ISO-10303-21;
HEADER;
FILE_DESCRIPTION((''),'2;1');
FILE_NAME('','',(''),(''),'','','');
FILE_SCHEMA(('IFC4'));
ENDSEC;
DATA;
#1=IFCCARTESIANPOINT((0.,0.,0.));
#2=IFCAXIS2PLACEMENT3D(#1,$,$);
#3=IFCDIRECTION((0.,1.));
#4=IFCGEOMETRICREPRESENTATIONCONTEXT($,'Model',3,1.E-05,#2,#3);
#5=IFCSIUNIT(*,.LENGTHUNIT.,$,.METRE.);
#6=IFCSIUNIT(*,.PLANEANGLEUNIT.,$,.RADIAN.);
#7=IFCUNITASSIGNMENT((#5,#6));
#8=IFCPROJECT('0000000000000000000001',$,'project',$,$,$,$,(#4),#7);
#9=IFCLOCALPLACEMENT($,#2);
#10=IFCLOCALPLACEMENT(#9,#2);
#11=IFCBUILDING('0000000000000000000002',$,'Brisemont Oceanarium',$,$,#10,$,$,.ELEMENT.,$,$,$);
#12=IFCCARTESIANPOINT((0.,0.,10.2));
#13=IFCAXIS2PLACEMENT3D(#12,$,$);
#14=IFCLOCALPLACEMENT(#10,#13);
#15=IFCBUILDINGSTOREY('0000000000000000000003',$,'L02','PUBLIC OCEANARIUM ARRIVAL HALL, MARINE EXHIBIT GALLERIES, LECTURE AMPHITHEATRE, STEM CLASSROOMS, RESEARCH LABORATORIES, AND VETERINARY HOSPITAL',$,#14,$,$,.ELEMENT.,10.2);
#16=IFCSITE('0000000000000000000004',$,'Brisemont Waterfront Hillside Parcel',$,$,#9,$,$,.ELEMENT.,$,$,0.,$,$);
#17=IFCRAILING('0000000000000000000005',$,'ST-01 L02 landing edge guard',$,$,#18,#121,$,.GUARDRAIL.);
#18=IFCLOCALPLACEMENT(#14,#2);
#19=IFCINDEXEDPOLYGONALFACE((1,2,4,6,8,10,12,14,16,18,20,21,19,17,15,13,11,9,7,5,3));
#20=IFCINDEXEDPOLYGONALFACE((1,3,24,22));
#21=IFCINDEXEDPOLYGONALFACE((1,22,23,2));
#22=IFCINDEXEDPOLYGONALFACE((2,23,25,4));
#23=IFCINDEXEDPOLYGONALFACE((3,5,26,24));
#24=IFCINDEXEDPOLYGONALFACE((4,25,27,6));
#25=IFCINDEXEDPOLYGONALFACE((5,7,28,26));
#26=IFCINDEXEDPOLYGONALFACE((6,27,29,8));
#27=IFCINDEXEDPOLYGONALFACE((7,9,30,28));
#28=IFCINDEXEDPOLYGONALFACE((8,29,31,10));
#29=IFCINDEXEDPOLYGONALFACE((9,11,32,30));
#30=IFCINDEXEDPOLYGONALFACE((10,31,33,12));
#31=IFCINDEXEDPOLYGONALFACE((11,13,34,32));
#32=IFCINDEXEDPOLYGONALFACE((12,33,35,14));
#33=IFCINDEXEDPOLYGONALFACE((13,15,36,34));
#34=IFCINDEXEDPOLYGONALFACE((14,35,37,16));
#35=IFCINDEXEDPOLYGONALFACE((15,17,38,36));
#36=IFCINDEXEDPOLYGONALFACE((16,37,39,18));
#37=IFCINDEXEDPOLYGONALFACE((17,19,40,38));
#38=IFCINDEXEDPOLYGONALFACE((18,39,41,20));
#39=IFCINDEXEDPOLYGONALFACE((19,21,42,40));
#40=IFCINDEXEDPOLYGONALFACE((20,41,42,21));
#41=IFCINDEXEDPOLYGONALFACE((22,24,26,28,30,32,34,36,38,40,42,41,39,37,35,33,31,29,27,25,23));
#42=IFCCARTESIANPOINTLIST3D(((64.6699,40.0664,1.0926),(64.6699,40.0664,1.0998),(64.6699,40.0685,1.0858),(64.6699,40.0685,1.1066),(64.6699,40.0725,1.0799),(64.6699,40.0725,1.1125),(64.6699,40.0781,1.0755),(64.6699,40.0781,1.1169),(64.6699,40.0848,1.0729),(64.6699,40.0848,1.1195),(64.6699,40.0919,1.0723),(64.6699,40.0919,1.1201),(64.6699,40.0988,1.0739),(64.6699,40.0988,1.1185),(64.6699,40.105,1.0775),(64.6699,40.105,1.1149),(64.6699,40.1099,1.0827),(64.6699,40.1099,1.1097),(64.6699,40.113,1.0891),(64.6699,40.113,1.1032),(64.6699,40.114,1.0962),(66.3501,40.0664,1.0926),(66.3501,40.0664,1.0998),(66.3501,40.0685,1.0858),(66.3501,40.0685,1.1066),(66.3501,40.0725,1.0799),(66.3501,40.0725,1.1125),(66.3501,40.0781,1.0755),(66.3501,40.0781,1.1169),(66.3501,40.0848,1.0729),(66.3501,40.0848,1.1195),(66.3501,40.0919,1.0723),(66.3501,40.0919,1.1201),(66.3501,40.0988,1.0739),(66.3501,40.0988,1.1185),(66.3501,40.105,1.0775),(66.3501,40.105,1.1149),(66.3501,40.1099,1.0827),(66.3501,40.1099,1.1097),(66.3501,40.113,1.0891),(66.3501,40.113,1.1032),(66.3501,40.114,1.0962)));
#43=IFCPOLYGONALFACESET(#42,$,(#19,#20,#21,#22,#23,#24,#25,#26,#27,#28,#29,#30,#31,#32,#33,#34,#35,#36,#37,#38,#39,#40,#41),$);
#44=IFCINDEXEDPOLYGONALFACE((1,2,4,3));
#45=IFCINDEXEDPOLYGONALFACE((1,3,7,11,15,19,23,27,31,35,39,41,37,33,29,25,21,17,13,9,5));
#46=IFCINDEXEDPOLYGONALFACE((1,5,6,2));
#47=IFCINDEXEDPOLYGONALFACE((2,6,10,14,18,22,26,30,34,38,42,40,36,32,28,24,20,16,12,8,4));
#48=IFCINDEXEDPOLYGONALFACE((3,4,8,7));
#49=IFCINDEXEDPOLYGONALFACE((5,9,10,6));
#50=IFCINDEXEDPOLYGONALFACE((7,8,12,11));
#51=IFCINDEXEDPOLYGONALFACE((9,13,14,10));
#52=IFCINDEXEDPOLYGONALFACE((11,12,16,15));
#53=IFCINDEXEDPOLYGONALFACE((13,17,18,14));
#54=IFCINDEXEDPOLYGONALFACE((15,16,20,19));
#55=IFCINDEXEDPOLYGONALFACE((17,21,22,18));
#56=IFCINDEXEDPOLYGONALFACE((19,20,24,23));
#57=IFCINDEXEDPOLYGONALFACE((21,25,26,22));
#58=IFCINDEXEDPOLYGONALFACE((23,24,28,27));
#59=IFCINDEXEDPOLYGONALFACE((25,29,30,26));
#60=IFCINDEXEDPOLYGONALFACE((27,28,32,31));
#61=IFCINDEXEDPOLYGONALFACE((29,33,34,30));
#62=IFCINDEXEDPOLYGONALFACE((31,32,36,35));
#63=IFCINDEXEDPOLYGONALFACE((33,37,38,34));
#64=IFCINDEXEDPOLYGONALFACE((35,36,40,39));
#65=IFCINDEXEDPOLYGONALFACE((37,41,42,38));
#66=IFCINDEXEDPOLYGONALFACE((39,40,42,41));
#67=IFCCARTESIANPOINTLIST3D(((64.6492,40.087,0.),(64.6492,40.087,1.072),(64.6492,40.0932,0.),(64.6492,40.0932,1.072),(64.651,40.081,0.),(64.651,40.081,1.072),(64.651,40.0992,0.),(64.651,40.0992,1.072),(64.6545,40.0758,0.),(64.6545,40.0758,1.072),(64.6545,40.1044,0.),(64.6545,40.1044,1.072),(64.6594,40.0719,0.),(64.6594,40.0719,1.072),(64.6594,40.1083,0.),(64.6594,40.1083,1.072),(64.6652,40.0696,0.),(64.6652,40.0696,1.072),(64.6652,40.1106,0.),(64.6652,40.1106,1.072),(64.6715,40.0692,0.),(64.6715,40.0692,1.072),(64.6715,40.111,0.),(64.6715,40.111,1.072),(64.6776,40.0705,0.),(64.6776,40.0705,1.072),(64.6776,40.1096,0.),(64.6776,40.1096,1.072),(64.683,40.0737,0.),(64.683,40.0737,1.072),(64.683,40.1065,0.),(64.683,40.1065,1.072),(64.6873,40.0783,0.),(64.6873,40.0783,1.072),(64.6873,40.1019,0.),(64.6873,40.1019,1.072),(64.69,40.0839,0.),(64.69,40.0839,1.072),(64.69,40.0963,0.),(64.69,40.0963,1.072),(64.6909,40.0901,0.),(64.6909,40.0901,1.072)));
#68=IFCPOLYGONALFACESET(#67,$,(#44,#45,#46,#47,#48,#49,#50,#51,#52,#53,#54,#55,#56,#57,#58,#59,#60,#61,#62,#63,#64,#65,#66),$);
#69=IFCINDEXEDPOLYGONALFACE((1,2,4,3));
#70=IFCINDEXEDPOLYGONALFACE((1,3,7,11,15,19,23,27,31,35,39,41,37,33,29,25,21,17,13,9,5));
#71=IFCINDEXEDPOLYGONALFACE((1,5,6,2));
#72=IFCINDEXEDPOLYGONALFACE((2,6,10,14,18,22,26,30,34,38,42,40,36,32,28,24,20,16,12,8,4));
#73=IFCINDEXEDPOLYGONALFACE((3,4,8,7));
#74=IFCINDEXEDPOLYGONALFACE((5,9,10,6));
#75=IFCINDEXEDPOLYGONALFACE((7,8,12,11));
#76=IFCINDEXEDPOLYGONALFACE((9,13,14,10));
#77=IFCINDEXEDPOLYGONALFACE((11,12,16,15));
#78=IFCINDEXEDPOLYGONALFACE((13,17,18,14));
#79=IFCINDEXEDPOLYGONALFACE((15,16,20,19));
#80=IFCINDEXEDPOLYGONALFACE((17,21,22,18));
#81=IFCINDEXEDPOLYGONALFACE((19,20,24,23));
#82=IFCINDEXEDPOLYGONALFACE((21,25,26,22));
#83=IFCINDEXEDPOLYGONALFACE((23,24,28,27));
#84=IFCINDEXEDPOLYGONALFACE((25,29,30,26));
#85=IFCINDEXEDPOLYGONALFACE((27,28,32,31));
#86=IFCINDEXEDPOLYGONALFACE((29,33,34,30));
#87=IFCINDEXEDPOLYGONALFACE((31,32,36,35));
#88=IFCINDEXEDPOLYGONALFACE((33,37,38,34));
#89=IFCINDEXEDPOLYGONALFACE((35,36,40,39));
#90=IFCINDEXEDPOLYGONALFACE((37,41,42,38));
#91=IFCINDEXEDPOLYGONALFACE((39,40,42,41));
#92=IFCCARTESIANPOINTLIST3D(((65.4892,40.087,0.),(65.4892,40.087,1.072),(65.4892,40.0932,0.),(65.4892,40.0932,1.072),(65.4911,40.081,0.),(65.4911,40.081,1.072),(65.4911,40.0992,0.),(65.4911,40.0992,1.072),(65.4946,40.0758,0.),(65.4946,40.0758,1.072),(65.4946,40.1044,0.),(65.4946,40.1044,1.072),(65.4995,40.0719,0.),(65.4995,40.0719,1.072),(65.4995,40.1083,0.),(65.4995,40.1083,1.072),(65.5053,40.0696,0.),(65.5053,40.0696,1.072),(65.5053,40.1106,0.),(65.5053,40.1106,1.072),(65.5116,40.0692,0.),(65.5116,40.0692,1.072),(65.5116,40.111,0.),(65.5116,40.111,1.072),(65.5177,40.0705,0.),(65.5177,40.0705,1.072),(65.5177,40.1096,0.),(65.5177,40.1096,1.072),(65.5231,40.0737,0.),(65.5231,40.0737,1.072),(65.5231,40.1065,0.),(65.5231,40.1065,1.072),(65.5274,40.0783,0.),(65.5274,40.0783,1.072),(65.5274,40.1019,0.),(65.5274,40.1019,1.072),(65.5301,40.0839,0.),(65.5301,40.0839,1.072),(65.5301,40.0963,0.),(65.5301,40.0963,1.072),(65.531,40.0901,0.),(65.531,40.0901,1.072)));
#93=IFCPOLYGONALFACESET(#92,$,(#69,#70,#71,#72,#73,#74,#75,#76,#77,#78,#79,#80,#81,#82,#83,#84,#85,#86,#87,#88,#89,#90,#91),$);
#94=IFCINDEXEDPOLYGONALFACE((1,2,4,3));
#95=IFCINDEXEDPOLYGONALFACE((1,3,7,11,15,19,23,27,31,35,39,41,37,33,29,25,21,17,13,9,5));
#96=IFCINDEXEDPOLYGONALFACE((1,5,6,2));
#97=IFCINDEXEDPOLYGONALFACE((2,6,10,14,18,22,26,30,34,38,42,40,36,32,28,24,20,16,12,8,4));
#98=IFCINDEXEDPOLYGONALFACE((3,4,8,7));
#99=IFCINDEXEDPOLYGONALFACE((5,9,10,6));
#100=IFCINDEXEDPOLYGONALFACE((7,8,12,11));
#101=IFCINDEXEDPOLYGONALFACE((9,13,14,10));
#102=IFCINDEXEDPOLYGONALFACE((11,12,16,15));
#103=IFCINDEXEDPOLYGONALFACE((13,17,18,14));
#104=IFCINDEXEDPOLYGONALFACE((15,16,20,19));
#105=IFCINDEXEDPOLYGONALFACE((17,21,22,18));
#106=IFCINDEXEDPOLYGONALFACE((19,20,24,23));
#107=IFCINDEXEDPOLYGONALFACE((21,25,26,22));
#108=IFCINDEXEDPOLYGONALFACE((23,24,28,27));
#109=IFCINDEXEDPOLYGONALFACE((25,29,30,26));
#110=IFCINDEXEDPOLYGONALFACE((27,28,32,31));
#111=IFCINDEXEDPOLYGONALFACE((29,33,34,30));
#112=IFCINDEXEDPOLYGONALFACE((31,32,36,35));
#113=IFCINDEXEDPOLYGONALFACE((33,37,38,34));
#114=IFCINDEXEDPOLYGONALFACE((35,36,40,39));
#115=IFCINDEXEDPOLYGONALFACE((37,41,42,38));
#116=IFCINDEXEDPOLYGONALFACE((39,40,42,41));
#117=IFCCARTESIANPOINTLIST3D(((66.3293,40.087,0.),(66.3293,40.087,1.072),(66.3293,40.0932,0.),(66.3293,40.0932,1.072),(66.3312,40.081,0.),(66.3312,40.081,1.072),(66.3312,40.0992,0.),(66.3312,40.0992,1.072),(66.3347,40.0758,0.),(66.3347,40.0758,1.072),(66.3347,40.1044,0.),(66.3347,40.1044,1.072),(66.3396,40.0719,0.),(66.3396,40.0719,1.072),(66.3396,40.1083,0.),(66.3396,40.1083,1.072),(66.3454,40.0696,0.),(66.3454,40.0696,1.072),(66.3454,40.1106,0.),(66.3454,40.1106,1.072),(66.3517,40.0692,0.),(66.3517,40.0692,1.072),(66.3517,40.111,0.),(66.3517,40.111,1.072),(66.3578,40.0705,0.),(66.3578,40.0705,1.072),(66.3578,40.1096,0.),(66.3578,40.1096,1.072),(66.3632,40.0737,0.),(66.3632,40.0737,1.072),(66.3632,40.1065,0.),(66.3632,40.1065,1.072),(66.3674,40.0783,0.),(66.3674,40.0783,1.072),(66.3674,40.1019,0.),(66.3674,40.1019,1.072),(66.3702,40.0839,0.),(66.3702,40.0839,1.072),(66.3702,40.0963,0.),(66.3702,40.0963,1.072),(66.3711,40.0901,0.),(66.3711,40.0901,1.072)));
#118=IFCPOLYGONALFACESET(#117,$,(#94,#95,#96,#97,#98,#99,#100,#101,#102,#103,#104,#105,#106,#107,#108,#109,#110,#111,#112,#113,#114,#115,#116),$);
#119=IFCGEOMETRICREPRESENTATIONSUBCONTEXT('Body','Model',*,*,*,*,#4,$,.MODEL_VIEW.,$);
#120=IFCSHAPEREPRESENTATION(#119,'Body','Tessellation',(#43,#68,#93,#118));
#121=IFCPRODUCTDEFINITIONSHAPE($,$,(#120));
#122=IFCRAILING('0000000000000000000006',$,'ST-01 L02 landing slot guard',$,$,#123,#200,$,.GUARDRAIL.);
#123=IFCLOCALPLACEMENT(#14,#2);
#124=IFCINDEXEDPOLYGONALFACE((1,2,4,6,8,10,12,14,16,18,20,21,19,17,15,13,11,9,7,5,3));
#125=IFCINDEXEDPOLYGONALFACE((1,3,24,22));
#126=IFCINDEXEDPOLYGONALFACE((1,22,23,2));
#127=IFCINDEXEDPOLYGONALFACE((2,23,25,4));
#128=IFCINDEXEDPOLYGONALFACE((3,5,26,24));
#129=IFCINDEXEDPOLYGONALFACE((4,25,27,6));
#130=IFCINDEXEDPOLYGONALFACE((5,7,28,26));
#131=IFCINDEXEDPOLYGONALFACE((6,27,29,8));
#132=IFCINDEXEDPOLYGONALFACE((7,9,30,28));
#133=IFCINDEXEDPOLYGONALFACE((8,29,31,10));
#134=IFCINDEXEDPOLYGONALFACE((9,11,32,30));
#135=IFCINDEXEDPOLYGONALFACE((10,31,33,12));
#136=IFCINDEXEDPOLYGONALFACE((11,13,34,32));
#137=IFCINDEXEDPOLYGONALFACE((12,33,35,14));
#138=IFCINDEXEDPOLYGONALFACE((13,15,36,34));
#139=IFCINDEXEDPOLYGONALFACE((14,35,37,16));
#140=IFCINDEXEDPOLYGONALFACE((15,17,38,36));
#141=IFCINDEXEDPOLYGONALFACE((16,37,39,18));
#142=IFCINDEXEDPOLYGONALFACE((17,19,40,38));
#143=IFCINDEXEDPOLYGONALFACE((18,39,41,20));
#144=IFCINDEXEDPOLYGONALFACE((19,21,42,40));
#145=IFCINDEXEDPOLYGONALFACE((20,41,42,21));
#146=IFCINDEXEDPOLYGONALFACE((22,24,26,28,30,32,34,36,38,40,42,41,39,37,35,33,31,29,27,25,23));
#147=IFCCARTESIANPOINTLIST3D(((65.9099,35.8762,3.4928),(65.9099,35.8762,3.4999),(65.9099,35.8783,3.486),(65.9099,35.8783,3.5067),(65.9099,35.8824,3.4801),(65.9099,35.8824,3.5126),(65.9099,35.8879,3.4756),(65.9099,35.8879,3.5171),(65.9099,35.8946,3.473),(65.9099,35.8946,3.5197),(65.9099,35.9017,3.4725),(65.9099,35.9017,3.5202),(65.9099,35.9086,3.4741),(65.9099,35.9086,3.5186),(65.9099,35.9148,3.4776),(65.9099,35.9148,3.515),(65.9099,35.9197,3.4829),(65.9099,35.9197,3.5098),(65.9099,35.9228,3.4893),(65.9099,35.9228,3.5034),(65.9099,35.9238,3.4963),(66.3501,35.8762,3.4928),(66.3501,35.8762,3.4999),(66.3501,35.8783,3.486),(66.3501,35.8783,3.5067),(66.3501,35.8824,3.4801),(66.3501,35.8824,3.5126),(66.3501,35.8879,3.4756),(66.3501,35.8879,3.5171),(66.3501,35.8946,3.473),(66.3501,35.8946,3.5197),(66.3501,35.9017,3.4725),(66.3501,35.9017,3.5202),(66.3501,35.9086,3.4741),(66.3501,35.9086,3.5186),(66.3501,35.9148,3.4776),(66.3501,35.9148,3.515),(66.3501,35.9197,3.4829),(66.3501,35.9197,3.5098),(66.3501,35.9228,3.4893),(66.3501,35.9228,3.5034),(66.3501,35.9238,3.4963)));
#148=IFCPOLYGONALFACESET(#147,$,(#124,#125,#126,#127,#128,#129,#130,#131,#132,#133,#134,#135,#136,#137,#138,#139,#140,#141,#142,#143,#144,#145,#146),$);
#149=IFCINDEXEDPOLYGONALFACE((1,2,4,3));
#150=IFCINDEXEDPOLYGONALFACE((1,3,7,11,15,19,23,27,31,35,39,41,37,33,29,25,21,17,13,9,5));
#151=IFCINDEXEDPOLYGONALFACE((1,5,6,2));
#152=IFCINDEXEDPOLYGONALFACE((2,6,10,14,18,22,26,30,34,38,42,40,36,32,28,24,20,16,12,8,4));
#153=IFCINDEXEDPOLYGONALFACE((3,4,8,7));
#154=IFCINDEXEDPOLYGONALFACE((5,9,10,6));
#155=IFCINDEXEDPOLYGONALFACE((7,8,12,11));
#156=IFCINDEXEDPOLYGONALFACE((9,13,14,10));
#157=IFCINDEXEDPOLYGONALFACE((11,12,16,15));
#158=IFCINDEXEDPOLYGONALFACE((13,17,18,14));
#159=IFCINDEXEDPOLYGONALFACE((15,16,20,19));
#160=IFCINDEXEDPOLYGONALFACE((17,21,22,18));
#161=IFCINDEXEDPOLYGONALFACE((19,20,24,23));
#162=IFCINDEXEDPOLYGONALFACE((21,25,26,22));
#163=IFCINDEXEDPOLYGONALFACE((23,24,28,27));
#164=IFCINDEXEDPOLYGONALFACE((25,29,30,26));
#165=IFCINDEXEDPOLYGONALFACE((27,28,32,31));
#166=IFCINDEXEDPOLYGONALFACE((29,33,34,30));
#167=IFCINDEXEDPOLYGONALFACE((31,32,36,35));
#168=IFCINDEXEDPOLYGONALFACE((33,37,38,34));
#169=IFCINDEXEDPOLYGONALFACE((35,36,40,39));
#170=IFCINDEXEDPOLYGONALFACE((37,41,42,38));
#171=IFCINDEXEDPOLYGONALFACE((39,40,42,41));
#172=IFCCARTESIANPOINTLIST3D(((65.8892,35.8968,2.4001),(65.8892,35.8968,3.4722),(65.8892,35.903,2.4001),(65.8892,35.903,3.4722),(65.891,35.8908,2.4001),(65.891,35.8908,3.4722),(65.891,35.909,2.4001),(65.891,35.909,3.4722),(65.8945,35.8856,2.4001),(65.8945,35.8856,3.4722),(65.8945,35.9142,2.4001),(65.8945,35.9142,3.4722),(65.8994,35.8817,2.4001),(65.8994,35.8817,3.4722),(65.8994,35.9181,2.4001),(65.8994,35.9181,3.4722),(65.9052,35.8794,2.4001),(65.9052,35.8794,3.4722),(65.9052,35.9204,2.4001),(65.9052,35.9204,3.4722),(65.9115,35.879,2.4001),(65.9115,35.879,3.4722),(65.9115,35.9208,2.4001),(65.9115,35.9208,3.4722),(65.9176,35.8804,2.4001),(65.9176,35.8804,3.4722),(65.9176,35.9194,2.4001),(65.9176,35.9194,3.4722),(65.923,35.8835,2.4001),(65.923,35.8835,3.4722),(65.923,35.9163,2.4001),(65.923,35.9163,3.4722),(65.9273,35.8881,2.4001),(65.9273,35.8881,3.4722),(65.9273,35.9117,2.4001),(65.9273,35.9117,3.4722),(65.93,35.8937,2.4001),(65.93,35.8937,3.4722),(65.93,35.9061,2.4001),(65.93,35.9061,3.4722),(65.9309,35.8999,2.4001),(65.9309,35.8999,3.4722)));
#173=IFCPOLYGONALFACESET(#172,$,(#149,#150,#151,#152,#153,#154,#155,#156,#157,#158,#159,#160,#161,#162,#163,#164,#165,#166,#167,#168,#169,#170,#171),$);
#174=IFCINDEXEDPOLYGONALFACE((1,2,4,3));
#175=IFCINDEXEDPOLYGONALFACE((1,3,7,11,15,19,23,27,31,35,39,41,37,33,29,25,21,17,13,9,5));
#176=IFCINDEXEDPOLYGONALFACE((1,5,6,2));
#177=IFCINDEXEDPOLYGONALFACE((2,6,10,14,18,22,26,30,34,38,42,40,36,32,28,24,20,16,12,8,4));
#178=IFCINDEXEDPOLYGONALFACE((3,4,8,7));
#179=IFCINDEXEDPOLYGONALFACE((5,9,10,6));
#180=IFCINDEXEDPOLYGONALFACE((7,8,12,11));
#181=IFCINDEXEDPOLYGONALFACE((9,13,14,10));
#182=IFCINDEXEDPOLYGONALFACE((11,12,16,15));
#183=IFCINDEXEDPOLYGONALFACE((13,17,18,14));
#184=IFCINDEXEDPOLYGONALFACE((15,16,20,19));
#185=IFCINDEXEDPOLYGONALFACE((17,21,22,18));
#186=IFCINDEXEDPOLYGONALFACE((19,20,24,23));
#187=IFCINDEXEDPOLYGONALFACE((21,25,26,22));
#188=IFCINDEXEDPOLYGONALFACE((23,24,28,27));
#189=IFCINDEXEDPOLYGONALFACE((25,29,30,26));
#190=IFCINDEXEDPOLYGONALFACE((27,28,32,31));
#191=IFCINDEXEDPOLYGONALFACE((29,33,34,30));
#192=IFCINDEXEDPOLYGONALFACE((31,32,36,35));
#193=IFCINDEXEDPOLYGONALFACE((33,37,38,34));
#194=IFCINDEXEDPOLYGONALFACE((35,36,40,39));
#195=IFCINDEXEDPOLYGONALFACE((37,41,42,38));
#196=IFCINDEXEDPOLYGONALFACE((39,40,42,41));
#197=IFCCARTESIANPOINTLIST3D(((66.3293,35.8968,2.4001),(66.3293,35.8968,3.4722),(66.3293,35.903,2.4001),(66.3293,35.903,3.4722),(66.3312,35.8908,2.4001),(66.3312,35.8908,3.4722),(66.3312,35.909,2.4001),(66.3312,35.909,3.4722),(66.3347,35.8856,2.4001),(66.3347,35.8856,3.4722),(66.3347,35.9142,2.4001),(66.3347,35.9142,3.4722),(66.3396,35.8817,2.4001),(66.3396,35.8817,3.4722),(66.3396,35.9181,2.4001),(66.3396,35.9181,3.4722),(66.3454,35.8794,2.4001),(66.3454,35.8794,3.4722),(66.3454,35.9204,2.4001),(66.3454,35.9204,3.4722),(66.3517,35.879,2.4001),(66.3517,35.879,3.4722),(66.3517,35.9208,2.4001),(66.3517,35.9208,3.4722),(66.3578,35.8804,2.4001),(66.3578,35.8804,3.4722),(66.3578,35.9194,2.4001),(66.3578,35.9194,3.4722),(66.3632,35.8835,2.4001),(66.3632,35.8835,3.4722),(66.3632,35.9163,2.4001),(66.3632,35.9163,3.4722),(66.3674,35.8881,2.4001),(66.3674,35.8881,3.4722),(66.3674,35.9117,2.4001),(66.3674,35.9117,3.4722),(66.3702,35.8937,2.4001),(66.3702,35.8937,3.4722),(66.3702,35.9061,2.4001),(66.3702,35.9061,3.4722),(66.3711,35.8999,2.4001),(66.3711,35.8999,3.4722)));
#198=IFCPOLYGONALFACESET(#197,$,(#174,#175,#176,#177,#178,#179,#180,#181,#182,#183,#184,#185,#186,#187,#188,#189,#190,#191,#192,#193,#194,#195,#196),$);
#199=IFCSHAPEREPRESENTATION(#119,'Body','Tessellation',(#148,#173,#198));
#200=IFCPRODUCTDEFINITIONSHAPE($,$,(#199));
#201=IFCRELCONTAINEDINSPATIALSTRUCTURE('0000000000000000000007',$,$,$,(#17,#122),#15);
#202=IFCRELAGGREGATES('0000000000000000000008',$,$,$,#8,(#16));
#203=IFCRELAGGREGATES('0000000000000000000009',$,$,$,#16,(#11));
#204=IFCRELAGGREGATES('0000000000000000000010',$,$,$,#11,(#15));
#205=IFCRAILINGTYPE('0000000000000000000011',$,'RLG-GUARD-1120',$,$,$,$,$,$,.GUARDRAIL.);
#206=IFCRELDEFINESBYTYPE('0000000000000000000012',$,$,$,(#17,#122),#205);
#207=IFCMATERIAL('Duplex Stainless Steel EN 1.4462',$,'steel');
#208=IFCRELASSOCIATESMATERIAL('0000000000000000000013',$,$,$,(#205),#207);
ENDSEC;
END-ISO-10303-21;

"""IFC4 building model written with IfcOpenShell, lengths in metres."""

from ifc_helpers import new_model, si_unit, direction, frame, origin, origin_2d, place, context, subcontext, project, spatial, circle, extrude, material, type_object, element, save


model = new_model("IFC4")

# Units and contexts
model_context = context("Model", 3, precision=1e-05, world=origin(), true_north=direction((0.0, 1.0)))
body_context = subcontext(model_context, "Body", "Model", "MODEL_VIEW")
ifc_project = project(units=[si_unit("LENGTHUNIT", "METRE"), si_unit("PLANEANGLEUNIT", "RADIAN")], contexts=[model_context])

# Site, building, storey
site_placement = place(None, origin())
site = spatial("IfcSite", under=ifc_project, at=site_placement, Name="Brisemont Waterfront Hillside Parcel", CompositionType="ELEMENT", RefElevation=0.0)
building_placement = place(site_placement, origin())
building = spatial("IfcBuilding", under=site, at=building_placement, Name="Brisemont Oceanarium", CompositionType="ELEMENT")
storey_placement = place(building_placement, frame((0.0, 0.0, 10.2)))
storey = spatial("IfcBuildingStorey", under=building, at=storey_placement, Name="L02", Description="PUBLIC OCEANARIUM ARRIVAL HALL, MARINE EXHIBIT GALLERIES, LECTURE AMPHITHEATRE, STEM CLASSROOMS, RESEARCH LABORATORIES, AND VETERINARY HOSPITAL", CompositionType="ELEMENT", Elevation=10.2)

# Railings
ifc_material_1 = material(Name="Duplex Stainless Steel EN 1.4462", Category="steel")
railing_type = type_object("IfcRailingType", Name="RLG-GUARD-1120", PredefinedType="GUARDRAIL", material=ifc_material_1)
railing_1_placement = place(storey_placement, frame((64.6699, 40.0901, 0.0)))
element("IfcRailing", 1, at=railing_1_placement, inside=storey, type_object=railing_type, Name="ST-01 L02 landing edge guard", PredefinedType="GUARDRAIL", context=body_context, shape_type="SweptSolid", body=[
    extrude(circle(Radius=0.0239, at=origin_2d()), frame((0.0, 0.0, 1.0962), z_axis=(1.0, 0.0, 0.0), x_axis=(0.0, 1.0, 0.0)), (0.0, 0.0, 1.0), 1.6802),
    extrude(circle(Radius=0.021, at=origin_2d()), origin(), (0.0, 0.0, 1.0), 1.072),
    extrude(circle(Radius=0.021, at=origin_2d()), frame((0.8401, 0.0, 0.0)), (0.0, 0.0, 1.0), 1.072),
    extrude(circle(Radius=0.021, at=origin_2d()), frame((1.6802, 0.0, 0.0)), (0.0, 0.0, 1.0), 1.072),
])
railing_2_placement = place(storey_placement, frame((65.9099, 35.8999, 2.4001)))
element("IfcRailing", 2, at=railing_2_placement, inside=storey, type_object=railing_type, Name="ST-01 L02 landing slot guard", PredefinedType="GUARDRAIL", context=body_context, shape_type="SweptSolid", body=[
    extrude(circle(Radius=0.0239, at=origin_2d()), frame((0.0, 0.0, 1.0962), z_axis=(1.0, 0.0, 0.0), x_axis=(0.0, 1.0, 0.0)), (0.0, 0.0, 1.0), 0.4402),
    extrude(circle(Radius=0.021, at=origin_2d()), origin(), (0.0, 0.0, 1.0), 1.072),
    extrude(circle(Radius=0.021, at=origin_2d()), frame((0.4402, 0.0, 0.0)), (0.0, 0.0, 1.0), 1.072),
])

save(model, "model.ifc")
